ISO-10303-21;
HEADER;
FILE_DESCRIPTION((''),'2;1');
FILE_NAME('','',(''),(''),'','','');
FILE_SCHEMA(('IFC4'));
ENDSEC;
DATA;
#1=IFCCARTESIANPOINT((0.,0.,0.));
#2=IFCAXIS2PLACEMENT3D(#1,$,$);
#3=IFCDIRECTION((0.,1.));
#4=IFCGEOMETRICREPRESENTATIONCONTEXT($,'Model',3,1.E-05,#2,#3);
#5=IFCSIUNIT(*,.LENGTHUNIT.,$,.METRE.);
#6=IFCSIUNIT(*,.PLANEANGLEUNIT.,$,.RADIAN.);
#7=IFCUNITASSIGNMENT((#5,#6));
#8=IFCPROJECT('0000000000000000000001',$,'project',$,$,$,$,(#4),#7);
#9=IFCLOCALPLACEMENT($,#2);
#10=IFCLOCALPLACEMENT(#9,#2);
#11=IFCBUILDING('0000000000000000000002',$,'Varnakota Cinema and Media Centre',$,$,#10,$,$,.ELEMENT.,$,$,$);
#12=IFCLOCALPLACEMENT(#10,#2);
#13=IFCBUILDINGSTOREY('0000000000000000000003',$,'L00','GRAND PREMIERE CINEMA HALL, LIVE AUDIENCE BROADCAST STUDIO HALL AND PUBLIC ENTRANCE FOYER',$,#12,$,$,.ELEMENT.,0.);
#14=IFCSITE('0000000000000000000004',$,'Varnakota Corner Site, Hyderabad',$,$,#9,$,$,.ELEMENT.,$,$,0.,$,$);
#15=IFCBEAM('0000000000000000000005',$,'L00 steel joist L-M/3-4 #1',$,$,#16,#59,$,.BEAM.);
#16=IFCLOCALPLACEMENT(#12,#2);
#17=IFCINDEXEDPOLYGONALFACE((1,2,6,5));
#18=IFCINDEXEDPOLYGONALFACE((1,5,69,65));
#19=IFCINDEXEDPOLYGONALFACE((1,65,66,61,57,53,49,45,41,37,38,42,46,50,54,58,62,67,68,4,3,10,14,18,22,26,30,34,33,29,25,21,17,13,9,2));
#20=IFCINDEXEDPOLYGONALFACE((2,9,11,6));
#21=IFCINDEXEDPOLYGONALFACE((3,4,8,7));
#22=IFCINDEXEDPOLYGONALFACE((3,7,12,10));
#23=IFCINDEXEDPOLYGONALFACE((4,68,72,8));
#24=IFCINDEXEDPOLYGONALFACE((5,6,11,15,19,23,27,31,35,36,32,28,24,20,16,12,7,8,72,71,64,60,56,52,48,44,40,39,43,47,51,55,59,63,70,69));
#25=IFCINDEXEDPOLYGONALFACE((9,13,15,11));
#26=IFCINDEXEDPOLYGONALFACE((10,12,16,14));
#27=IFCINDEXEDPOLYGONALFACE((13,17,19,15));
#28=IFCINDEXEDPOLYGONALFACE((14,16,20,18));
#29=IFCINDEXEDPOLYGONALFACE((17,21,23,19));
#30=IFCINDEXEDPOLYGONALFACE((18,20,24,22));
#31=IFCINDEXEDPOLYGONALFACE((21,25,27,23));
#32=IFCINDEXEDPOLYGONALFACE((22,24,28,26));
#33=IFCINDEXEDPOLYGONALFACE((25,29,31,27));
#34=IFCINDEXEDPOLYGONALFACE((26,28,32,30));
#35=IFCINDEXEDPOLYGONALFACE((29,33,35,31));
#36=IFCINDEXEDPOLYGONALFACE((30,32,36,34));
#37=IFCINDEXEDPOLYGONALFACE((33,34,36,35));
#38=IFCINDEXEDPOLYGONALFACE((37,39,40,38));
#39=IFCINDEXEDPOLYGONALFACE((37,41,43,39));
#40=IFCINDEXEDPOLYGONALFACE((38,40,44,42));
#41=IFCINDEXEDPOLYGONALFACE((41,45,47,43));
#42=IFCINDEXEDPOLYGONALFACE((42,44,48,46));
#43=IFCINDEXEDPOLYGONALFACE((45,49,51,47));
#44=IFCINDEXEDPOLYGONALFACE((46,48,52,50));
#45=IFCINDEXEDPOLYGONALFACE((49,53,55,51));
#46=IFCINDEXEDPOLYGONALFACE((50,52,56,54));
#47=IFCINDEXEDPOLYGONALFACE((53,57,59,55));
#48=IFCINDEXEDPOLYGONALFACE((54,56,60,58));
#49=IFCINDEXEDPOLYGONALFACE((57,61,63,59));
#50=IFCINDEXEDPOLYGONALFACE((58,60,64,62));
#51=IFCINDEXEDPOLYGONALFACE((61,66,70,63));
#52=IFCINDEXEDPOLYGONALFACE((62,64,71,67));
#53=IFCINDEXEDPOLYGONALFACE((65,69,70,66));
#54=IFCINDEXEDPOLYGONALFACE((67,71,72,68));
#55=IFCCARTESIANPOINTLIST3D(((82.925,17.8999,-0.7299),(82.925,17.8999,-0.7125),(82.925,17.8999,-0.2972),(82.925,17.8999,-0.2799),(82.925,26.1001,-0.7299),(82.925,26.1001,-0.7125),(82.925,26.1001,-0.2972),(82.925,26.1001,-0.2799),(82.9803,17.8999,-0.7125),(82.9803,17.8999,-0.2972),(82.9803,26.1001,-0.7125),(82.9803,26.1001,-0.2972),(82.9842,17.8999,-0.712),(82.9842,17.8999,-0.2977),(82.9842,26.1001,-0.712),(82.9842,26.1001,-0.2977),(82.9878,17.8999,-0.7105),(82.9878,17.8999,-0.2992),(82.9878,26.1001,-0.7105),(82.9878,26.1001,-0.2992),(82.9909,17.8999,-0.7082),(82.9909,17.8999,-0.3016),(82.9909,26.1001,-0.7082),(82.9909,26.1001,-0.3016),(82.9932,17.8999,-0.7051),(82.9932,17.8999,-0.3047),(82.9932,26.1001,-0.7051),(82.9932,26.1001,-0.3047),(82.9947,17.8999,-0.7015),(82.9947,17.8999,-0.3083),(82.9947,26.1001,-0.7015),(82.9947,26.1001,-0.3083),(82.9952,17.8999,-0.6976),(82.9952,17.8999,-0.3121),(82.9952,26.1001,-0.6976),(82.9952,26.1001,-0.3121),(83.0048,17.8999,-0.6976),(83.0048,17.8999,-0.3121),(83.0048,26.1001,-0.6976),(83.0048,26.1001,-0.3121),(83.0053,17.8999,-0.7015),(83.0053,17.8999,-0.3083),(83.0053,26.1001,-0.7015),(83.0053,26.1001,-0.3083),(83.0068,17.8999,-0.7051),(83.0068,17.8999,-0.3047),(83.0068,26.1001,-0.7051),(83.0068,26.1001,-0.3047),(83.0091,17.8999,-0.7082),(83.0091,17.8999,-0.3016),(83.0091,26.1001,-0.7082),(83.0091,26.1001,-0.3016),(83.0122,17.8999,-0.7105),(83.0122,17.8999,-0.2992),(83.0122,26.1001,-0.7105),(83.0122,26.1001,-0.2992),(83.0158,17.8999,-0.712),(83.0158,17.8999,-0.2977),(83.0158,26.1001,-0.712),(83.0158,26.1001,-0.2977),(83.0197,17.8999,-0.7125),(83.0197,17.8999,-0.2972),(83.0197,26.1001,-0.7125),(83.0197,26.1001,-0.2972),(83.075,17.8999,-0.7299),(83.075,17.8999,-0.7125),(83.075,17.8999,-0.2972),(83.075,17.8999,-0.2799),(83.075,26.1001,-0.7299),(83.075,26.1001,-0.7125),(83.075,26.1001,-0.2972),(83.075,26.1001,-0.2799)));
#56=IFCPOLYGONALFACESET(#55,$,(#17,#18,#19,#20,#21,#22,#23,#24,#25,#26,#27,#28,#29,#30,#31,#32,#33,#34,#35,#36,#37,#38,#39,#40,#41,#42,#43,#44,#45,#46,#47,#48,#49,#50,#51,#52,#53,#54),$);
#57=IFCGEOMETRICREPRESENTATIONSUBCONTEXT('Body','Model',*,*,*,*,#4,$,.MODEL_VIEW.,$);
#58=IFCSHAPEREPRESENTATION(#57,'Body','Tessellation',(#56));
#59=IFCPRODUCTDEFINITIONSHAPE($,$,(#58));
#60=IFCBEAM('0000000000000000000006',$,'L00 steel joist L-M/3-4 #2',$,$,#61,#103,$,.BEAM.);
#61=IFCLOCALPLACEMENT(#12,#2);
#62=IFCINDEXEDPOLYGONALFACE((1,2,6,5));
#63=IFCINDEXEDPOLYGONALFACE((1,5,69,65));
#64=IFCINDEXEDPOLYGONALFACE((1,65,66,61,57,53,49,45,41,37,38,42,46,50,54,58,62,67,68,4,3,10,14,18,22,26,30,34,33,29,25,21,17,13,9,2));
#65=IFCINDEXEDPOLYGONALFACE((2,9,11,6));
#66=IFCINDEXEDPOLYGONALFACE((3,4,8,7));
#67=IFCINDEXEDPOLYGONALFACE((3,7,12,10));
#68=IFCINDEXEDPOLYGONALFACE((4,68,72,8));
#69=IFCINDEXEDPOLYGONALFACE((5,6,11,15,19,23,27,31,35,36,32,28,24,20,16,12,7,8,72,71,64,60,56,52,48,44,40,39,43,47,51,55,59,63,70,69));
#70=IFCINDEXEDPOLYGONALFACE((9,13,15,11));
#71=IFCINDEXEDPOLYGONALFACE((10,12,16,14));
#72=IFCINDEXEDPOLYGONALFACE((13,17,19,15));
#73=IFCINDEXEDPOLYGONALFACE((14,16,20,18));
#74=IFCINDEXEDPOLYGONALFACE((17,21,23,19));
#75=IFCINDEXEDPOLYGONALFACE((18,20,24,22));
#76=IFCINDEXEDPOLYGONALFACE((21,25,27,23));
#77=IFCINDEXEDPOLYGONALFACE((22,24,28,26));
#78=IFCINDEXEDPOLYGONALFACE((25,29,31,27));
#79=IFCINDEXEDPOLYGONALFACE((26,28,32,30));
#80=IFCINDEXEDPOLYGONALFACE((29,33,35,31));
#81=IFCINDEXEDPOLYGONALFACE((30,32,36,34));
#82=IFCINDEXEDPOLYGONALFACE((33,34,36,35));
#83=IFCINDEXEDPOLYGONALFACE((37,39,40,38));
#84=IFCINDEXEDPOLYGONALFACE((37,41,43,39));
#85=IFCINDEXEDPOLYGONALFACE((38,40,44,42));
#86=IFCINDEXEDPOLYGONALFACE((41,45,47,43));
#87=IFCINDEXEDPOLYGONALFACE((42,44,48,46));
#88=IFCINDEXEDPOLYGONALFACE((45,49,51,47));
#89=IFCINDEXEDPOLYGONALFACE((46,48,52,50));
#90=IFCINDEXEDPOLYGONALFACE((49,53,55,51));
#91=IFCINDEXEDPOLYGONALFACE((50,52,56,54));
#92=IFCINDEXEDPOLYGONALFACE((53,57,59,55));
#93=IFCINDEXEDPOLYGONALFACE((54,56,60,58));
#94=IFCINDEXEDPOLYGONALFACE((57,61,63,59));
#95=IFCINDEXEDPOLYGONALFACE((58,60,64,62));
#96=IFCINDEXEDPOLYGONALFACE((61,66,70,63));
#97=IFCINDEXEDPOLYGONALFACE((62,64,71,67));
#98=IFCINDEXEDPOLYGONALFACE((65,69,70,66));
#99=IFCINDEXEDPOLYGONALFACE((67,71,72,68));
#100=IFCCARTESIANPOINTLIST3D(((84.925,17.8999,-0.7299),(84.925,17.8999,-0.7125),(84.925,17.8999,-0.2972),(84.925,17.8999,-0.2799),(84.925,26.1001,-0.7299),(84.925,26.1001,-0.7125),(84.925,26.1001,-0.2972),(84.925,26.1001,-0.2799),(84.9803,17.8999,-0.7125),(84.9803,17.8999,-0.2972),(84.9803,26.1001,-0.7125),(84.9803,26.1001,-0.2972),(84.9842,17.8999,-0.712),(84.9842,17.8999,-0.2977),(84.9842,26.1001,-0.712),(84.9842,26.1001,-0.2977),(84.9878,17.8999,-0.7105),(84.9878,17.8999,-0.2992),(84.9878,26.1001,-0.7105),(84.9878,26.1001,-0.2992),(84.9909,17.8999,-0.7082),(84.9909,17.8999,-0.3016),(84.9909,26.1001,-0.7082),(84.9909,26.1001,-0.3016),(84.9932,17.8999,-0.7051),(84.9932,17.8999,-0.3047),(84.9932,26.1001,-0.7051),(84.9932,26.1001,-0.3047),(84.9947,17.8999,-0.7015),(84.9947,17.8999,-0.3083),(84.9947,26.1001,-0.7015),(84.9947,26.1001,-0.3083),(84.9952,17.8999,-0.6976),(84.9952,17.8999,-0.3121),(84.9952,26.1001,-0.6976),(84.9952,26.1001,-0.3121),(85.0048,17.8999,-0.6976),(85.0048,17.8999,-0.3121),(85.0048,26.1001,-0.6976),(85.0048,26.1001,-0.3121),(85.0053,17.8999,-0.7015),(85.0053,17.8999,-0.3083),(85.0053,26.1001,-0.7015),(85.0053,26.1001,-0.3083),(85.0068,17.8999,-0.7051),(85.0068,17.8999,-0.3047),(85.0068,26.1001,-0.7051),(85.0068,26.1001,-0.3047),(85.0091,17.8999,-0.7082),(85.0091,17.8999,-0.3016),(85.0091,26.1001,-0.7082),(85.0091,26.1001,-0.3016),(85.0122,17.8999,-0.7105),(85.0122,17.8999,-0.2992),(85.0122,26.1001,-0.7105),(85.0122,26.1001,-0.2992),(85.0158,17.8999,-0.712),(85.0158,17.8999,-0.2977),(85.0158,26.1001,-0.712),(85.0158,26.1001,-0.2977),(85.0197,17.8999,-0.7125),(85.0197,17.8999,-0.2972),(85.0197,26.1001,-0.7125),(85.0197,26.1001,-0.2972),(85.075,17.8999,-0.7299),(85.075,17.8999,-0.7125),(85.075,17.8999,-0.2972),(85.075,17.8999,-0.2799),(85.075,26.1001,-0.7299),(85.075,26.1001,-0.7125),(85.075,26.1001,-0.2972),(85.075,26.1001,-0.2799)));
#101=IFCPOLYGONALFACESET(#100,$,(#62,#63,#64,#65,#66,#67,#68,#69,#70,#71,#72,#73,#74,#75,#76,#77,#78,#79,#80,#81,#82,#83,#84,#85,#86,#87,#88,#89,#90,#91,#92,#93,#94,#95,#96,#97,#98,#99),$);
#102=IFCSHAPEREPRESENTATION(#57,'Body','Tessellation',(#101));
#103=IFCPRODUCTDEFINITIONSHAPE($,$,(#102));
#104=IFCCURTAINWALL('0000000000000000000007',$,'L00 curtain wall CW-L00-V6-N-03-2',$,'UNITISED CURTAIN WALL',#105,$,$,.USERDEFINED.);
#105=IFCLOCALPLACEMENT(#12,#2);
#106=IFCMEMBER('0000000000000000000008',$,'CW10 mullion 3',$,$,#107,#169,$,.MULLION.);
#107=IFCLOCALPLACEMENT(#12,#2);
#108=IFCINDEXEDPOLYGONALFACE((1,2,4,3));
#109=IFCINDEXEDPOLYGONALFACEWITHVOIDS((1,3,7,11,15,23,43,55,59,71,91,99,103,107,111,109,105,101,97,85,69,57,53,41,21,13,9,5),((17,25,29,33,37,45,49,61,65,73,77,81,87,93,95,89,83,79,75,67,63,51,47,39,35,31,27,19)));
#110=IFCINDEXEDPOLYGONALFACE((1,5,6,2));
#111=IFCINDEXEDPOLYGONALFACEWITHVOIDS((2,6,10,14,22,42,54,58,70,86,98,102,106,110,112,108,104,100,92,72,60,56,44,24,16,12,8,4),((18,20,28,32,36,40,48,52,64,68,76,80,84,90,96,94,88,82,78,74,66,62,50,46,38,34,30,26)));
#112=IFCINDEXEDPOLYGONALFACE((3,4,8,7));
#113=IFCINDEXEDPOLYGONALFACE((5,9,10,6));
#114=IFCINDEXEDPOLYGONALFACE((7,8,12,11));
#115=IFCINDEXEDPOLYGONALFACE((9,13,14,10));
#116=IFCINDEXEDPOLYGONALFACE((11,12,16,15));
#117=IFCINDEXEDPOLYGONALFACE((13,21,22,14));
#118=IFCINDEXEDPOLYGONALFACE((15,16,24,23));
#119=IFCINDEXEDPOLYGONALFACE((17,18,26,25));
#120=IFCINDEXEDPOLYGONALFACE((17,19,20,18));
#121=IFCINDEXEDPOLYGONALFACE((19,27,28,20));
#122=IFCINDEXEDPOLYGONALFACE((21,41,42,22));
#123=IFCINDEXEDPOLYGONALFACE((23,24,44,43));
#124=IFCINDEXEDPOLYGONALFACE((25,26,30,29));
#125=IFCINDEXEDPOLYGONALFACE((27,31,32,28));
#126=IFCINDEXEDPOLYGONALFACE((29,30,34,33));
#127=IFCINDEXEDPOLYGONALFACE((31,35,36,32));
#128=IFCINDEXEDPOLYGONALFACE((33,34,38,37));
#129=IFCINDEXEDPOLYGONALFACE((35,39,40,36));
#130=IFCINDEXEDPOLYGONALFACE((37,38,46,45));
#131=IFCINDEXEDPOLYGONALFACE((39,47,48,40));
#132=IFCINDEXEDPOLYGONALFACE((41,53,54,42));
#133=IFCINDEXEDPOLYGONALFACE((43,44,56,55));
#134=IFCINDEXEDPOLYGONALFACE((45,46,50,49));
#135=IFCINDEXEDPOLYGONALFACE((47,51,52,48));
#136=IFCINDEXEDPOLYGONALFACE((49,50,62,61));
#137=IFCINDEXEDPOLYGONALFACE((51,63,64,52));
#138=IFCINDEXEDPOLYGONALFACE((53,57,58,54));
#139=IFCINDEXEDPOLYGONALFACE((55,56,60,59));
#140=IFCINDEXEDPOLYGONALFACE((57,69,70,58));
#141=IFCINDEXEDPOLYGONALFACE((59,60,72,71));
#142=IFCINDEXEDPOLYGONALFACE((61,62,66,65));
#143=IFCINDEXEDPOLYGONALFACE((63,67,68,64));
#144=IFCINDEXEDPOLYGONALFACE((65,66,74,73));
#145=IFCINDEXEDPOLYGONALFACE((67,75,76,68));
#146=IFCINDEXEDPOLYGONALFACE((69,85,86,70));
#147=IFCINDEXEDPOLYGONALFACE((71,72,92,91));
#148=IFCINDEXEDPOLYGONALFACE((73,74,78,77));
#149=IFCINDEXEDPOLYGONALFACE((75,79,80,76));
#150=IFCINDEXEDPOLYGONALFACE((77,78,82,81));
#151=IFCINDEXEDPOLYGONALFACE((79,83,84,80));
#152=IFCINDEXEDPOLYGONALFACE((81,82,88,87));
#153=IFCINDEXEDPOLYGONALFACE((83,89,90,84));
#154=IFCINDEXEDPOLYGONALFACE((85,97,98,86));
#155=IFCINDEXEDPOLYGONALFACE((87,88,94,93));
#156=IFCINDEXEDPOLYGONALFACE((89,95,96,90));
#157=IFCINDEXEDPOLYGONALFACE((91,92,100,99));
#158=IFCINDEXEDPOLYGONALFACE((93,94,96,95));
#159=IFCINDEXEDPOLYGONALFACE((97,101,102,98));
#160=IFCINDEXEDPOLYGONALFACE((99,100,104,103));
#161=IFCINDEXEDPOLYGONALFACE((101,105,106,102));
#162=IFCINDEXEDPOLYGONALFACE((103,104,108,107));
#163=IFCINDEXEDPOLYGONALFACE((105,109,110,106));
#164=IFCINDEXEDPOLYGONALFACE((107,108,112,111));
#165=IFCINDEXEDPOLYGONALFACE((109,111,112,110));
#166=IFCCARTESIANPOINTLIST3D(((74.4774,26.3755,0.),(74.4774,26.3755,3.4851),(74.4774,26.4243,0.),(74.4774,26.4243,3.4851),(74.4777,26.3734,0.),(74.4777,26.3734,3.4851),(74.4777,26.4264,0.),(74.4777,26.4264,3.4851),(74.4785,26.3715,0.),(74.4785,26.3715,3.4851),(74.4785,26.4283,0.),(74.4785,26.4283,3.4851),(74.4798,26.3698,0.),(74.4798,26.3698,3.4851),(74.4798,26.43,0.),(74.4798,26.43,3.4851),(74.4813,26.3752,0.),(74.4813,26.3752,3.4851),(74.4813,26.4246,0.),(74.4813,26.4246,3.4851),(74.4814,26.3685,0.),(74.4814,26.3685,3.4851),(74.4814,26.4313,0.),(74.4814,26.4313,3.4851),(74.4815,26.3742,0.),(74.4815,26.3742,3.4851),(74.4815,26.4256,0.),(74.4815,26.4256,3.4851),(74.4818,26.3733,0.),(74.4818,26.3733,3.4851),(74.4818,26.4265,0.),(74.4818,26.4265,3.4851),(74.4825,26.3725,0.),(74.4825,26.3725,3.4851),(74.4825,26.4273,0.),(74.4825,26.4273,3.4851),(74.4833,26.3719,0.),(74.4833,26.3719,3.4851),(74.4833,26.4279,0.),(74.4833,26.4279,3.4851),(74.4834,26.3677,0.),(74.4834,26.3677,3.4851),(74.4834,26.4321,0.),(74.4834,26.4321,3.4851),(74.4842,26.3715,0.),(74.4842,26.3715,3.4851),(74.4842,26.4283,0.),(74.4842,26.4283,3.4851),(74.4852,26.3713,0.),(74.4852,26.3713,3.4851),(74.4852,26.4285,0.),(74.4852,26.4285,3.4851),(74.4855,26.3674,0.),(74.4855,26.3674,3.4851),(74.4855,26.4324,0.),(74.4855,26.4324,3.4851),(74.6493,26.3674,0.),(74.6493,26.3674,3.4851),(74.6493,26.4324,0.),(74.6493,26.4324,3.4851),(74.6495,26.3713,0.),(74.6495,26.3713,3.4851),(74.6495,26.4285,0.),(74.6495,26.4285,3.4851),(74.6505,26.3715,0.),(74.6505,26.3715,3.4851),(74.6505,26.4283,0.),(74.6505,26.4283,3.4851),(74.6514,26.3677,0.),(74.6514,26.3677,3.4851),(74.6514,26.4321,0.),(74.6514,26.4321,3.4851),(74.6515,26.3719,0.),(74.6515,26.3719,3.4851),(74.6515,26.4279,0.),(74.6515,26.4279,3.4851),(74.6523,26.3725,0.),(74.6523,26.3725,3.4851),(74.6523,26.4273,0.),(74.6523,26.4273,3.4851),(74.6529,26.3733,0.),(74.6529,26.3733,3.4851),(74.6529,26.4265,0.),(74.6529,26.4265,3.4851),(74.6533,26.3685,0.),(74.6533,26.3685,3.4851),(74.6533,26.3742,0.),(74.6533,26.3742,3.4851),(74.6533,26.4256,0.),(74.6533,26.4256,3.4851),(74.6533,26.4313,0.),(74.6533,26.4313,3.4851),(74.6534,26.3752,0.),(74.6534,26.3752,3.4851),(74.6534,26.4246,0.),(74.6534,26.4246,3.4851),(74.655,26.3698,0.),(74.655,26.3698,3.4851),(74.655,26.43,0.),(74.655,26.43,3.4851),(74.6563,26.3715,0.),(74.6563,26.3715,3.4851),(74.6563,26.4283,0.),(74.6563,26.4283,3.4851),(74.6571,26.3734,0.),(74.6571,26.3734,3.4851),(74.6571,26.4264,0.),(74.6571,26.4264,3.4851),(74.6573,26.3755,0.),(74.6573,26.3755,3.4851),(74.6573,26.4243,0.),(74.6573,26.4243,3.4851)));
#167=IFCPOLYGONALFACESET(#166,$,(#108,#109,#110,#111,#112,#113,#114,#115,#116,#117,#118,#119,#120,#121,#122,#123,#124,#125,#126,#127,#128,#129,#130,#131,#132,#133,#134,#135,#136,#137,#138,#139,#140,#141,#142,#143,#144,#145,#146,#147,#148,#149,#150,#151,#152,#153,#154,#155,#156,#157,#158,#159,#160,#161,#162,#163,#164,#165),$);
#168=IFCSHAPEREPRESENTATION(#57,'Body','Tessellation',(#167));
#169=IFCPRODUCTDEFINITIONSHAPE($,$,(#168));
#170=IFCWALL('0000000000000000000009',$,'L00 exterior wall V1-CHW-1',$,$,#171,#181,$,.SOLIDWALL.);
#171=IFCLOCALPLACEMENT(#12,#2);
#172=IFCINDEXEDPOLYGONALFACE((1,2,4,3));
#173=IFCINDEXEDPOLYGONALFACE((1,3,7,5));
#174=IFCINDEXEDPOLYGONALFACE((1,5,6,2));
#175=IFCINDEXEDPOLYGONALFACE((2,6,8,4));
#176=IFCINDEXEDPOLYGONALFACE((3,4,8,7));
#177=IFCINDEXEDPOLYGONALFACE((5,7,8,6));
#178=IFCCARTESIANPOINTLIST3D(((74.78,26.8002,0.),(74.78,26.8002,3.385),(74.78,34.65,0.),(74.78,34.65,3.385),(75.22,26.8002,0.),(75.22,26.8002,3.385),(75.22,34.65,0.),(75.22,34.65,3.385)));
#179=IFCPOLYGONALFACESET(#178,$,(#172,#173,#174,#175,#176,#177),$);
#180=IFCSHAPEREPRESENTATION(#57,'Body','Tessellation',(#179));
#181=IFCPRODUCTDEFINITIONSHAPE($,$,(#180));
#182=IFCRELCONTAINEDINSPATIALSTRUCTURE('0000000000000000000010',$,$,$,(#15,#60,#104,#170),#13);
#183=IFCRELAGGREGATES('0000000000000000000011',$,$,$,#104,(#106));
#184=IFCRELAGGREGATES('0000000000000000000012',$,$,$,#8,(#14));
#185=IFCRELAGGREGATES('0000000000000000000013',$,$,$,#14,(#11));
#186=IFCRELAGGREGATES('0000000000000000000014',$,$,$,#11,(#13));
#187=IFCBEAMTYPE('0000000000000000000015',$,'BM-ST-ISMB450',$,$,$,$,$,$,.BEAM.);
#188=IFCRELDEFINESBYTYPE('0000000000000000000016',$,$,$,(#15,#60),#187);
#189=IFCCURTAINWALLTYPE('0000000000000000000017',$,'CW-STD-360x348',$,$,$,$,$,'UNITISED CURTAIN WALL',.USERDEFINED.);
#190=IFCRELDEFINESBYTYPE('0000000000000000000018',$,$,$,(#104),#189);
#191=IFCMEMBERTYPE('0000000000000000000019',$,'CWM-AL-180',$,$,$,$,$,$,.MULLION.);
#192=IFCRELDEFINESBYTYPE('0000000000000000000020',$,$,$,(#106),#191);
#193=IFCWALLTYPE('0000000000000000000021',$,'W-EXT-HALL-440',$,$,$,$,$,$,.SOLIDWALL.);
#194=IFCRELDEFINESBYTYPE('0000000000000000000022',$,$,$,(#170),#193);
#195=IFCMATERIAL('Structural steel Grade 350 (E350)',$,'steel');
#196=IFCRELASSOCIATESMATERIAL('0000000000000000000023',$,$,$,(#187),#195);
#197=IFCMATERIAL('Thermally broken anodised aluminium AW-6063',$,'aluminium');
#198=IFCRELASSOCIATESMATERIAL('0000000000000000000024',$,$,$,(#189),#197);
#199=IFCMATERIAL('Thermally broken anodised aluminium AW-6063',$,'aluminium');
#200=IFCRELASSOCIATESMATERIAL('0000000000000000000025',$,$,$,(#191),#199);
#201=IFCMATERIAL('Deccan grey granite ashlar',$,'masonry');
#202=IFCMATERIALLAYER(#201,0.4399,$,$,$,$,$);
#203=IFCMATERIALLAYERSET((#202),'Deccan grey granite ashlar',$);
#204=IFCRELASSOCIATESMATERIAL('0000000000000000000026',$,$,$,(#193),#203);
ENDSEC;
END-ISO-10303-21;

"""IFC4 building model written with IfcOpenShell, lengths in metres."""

from ifc_helpers import new_model, si_unit, direction, frame, frame_2d, origin, origin_2d, place, context, subcontext, project, spatial, rectangle, hollow_rectangle, i_section, extrude, material, layer, layer_set, material_profile, profile_set, type_object, element, aggregate, save


model = new_model("IFC4")

# Units and contexts
model_context = context("Model", 3, precision=1e-05, world=origin(), true_north=direction((0.0, 1.0)))
body_context = subcontext(model_context, "Body", "Model", "MODEL_VIEW")
ifc_project = project(units=[si_unit("LENGTHUNIT", "METRE"), si_unit("PLANEANGLEUNIT", "RADIAN")], contexts=[model_context])

# Site, building, storey
site_placement = place(None, origin())
site = spatial("IfcSite", under=ifc_project, at=site_placement, Name="Varnakota Corner Site, Hyderabad", CompositionType="ELEMENT", RefElevation=0.0)
building_placement = place(site_placement, origin())
building = spatial("IfcBuilding", under=site, at=building_placement, Name="Varnakota Cinema and Media Centre", CompositionType="ELEMENT")
storey_placement = place(building_placement, origin())
storey = spatial("IfcBuildingStorey", under=building, at=storey_placement, Name="L00", Description="GRAND PREMIERE CINEMA HALL, LIVE AUDIENCE BROADCAST STUDIO HALL AND PUBLIC ENTRANCE FOYER", CompositionType="ELEMENT", Elevation=0.0)

# Beams
ifc_material_1 = material(Name="Structural steel Grade 350 (E350)", Category="steel")
ifc_material_profile_1 = material_profile(ifc_material_1, i_section(OverallWidth=0.1499, OverallDepth=0.45, WebThickness=0.0095, FlangeThickness=0.0173, FilletRadius=0.0149, at=origin_2d()), Name="ISMB 450")
ifc_profile_set_1 = profile_set([ifc_material_profile_1], Name="Structural steel Grade 350 (E350)")
beam_type_1 = type_object("IfcBeamType", Name="BM-ST-ISMB450", PredefinedType="BEAM", material=ifc_profile_set_1)
for number, where, z_axis, x_axis, name in (
    (1, (83.0, 17.8999, -0.5049), (0.0, 1.0, 0.0), (-1.0, 0.0, 0.0), "L00 steel joist L-M/3-4 #1"),
    (2, (85.0, 17.8999, -0.5049), (0.0, 1.0, 0.0), (-1.0, 0.0, 0.0), "L00 steel joist L-M/3-4 #2"),
):
    element("IfcBeam", number, at=place(storey_placement, frame(where, z_axis=z_axis, x_axis=x_axis)), inside=storey, type_object=beam_type_1, Name=name, PredefinedType="BEAM", context=body_context, shape_type="SweptSolid", body=[
        extrude(i_section(OverallWidth=0.1499, OverallDepth=0.45, WebThickness=0.0095, FlangeThickness=0.0173, FilletRadius=0.0149, at=origin_2d()), origin(), (0.0, 0.0, 1.0), 8.2002),
    ])

# Curtain wall, member
ifc_material_2 = material(Name="Thermally broken anodised aluminium AW-6063", Category="aluminium")
curtain_wall_type = type_object("IfcCurtainWallType", Name="CW-STD-360x348", ElementType="UNITISED CURTAIN WALL", PredefinedType="USERDEFINED", material=ifc_material_2)
curtain_wall_placement = place(storey_placement, origin())
curtain_wall = element("IfcCurtainWall", 3, at=curtain_wall_placement, inside=storey, type_object=curtain_wall_type, Name="L00 curtain wall CW-L00-V6-N-03-2", ObjectType="UNITISED CURTAIN WALL", PredefinedType="USERDEFINED")
ifc_material_3 = material(Name="Thermally broken anodised aluminium AW-6063", Category="aluminium")
ifc_material_profile_2 = material_profile(ifc_material_3, hollow_rectangle(XDim=0.0649, YDim=0.1799, WallThickness=0.0039, InnerFilletRadius=0.0039, OuterFilletRadius=0.0081, at=origin_2d()), Name="AL-MULLION 180x65x4")
ifc_profile_set_2 = profile_set([ifc_material_profile_2], Name="Thermally broken anodised aluminium AW-6063")
member_type = type_object("IfcMemberType", Name="CWM-AL-180", PredefinedType="MULLION", material=ifc_profile_set_2)
member_placement = place(storey_placement, frame((74.5674, 26.3999, 0.0), z_axis=(0.0, 0.0, 1.0), x_axis=(0.0, 1.0, 0.0)))
member = element("IfcMember", 4, at=member_placement, type_object=member_type, Name="CW10 mullion 3", PredefinedType="MULLION", context=body_context, shape_type="SweptSolid", body=[
    extrude(hollow_rectangle(XDim=0.0649, YDim=0.1799, WallThickness=0.0039, InnerFilletRadius=0.0039, OuterFilletRadius=0.0081, at=origin_2d()), origin(), (0.0, 0.0, 1.0), 3.4851),
])
aggregate(curtain_wall, [member])

# Wall
ifc_material_4 = material(Name="Deccan grey granite ashlar", Category="masonry")
ifc_layer_1 = layer(ifc_material_4, 0.4399)
ifc_layer_set_1 = layer_set([ifc_layer_1], Name="Deccan grey granite ashlar")
wall_type_1 = type_object("IfcWallType", Name="W-EXT-HALL-440", PredefinedType="SOLIDWALL", material=ifc_layer_set_1)
wall_1_placement = place(storey_placement, frame((75.0, 34.6499, 0.0), z_axis=(0.0, 0.0, 1.0), x_axis=(0.0, -1.0, 0.0)))
element("IfcWall", 5, at=wall_1_placement, inside=storey, type_object=wall_type_1, Name="L00 exterior wall V1-CHW-1", PredefinedType="SOLIDWALL", context=body_context, shape_type="SweptSolid", body=[
    extrude(rectangle(XDim=7.8499, YDim=0.4399, at=frame_2d((3.9248, 0.0))), origin(), (0.0, 0.0, 1.0), 3.385),
])

save(model, "model.ifc")
